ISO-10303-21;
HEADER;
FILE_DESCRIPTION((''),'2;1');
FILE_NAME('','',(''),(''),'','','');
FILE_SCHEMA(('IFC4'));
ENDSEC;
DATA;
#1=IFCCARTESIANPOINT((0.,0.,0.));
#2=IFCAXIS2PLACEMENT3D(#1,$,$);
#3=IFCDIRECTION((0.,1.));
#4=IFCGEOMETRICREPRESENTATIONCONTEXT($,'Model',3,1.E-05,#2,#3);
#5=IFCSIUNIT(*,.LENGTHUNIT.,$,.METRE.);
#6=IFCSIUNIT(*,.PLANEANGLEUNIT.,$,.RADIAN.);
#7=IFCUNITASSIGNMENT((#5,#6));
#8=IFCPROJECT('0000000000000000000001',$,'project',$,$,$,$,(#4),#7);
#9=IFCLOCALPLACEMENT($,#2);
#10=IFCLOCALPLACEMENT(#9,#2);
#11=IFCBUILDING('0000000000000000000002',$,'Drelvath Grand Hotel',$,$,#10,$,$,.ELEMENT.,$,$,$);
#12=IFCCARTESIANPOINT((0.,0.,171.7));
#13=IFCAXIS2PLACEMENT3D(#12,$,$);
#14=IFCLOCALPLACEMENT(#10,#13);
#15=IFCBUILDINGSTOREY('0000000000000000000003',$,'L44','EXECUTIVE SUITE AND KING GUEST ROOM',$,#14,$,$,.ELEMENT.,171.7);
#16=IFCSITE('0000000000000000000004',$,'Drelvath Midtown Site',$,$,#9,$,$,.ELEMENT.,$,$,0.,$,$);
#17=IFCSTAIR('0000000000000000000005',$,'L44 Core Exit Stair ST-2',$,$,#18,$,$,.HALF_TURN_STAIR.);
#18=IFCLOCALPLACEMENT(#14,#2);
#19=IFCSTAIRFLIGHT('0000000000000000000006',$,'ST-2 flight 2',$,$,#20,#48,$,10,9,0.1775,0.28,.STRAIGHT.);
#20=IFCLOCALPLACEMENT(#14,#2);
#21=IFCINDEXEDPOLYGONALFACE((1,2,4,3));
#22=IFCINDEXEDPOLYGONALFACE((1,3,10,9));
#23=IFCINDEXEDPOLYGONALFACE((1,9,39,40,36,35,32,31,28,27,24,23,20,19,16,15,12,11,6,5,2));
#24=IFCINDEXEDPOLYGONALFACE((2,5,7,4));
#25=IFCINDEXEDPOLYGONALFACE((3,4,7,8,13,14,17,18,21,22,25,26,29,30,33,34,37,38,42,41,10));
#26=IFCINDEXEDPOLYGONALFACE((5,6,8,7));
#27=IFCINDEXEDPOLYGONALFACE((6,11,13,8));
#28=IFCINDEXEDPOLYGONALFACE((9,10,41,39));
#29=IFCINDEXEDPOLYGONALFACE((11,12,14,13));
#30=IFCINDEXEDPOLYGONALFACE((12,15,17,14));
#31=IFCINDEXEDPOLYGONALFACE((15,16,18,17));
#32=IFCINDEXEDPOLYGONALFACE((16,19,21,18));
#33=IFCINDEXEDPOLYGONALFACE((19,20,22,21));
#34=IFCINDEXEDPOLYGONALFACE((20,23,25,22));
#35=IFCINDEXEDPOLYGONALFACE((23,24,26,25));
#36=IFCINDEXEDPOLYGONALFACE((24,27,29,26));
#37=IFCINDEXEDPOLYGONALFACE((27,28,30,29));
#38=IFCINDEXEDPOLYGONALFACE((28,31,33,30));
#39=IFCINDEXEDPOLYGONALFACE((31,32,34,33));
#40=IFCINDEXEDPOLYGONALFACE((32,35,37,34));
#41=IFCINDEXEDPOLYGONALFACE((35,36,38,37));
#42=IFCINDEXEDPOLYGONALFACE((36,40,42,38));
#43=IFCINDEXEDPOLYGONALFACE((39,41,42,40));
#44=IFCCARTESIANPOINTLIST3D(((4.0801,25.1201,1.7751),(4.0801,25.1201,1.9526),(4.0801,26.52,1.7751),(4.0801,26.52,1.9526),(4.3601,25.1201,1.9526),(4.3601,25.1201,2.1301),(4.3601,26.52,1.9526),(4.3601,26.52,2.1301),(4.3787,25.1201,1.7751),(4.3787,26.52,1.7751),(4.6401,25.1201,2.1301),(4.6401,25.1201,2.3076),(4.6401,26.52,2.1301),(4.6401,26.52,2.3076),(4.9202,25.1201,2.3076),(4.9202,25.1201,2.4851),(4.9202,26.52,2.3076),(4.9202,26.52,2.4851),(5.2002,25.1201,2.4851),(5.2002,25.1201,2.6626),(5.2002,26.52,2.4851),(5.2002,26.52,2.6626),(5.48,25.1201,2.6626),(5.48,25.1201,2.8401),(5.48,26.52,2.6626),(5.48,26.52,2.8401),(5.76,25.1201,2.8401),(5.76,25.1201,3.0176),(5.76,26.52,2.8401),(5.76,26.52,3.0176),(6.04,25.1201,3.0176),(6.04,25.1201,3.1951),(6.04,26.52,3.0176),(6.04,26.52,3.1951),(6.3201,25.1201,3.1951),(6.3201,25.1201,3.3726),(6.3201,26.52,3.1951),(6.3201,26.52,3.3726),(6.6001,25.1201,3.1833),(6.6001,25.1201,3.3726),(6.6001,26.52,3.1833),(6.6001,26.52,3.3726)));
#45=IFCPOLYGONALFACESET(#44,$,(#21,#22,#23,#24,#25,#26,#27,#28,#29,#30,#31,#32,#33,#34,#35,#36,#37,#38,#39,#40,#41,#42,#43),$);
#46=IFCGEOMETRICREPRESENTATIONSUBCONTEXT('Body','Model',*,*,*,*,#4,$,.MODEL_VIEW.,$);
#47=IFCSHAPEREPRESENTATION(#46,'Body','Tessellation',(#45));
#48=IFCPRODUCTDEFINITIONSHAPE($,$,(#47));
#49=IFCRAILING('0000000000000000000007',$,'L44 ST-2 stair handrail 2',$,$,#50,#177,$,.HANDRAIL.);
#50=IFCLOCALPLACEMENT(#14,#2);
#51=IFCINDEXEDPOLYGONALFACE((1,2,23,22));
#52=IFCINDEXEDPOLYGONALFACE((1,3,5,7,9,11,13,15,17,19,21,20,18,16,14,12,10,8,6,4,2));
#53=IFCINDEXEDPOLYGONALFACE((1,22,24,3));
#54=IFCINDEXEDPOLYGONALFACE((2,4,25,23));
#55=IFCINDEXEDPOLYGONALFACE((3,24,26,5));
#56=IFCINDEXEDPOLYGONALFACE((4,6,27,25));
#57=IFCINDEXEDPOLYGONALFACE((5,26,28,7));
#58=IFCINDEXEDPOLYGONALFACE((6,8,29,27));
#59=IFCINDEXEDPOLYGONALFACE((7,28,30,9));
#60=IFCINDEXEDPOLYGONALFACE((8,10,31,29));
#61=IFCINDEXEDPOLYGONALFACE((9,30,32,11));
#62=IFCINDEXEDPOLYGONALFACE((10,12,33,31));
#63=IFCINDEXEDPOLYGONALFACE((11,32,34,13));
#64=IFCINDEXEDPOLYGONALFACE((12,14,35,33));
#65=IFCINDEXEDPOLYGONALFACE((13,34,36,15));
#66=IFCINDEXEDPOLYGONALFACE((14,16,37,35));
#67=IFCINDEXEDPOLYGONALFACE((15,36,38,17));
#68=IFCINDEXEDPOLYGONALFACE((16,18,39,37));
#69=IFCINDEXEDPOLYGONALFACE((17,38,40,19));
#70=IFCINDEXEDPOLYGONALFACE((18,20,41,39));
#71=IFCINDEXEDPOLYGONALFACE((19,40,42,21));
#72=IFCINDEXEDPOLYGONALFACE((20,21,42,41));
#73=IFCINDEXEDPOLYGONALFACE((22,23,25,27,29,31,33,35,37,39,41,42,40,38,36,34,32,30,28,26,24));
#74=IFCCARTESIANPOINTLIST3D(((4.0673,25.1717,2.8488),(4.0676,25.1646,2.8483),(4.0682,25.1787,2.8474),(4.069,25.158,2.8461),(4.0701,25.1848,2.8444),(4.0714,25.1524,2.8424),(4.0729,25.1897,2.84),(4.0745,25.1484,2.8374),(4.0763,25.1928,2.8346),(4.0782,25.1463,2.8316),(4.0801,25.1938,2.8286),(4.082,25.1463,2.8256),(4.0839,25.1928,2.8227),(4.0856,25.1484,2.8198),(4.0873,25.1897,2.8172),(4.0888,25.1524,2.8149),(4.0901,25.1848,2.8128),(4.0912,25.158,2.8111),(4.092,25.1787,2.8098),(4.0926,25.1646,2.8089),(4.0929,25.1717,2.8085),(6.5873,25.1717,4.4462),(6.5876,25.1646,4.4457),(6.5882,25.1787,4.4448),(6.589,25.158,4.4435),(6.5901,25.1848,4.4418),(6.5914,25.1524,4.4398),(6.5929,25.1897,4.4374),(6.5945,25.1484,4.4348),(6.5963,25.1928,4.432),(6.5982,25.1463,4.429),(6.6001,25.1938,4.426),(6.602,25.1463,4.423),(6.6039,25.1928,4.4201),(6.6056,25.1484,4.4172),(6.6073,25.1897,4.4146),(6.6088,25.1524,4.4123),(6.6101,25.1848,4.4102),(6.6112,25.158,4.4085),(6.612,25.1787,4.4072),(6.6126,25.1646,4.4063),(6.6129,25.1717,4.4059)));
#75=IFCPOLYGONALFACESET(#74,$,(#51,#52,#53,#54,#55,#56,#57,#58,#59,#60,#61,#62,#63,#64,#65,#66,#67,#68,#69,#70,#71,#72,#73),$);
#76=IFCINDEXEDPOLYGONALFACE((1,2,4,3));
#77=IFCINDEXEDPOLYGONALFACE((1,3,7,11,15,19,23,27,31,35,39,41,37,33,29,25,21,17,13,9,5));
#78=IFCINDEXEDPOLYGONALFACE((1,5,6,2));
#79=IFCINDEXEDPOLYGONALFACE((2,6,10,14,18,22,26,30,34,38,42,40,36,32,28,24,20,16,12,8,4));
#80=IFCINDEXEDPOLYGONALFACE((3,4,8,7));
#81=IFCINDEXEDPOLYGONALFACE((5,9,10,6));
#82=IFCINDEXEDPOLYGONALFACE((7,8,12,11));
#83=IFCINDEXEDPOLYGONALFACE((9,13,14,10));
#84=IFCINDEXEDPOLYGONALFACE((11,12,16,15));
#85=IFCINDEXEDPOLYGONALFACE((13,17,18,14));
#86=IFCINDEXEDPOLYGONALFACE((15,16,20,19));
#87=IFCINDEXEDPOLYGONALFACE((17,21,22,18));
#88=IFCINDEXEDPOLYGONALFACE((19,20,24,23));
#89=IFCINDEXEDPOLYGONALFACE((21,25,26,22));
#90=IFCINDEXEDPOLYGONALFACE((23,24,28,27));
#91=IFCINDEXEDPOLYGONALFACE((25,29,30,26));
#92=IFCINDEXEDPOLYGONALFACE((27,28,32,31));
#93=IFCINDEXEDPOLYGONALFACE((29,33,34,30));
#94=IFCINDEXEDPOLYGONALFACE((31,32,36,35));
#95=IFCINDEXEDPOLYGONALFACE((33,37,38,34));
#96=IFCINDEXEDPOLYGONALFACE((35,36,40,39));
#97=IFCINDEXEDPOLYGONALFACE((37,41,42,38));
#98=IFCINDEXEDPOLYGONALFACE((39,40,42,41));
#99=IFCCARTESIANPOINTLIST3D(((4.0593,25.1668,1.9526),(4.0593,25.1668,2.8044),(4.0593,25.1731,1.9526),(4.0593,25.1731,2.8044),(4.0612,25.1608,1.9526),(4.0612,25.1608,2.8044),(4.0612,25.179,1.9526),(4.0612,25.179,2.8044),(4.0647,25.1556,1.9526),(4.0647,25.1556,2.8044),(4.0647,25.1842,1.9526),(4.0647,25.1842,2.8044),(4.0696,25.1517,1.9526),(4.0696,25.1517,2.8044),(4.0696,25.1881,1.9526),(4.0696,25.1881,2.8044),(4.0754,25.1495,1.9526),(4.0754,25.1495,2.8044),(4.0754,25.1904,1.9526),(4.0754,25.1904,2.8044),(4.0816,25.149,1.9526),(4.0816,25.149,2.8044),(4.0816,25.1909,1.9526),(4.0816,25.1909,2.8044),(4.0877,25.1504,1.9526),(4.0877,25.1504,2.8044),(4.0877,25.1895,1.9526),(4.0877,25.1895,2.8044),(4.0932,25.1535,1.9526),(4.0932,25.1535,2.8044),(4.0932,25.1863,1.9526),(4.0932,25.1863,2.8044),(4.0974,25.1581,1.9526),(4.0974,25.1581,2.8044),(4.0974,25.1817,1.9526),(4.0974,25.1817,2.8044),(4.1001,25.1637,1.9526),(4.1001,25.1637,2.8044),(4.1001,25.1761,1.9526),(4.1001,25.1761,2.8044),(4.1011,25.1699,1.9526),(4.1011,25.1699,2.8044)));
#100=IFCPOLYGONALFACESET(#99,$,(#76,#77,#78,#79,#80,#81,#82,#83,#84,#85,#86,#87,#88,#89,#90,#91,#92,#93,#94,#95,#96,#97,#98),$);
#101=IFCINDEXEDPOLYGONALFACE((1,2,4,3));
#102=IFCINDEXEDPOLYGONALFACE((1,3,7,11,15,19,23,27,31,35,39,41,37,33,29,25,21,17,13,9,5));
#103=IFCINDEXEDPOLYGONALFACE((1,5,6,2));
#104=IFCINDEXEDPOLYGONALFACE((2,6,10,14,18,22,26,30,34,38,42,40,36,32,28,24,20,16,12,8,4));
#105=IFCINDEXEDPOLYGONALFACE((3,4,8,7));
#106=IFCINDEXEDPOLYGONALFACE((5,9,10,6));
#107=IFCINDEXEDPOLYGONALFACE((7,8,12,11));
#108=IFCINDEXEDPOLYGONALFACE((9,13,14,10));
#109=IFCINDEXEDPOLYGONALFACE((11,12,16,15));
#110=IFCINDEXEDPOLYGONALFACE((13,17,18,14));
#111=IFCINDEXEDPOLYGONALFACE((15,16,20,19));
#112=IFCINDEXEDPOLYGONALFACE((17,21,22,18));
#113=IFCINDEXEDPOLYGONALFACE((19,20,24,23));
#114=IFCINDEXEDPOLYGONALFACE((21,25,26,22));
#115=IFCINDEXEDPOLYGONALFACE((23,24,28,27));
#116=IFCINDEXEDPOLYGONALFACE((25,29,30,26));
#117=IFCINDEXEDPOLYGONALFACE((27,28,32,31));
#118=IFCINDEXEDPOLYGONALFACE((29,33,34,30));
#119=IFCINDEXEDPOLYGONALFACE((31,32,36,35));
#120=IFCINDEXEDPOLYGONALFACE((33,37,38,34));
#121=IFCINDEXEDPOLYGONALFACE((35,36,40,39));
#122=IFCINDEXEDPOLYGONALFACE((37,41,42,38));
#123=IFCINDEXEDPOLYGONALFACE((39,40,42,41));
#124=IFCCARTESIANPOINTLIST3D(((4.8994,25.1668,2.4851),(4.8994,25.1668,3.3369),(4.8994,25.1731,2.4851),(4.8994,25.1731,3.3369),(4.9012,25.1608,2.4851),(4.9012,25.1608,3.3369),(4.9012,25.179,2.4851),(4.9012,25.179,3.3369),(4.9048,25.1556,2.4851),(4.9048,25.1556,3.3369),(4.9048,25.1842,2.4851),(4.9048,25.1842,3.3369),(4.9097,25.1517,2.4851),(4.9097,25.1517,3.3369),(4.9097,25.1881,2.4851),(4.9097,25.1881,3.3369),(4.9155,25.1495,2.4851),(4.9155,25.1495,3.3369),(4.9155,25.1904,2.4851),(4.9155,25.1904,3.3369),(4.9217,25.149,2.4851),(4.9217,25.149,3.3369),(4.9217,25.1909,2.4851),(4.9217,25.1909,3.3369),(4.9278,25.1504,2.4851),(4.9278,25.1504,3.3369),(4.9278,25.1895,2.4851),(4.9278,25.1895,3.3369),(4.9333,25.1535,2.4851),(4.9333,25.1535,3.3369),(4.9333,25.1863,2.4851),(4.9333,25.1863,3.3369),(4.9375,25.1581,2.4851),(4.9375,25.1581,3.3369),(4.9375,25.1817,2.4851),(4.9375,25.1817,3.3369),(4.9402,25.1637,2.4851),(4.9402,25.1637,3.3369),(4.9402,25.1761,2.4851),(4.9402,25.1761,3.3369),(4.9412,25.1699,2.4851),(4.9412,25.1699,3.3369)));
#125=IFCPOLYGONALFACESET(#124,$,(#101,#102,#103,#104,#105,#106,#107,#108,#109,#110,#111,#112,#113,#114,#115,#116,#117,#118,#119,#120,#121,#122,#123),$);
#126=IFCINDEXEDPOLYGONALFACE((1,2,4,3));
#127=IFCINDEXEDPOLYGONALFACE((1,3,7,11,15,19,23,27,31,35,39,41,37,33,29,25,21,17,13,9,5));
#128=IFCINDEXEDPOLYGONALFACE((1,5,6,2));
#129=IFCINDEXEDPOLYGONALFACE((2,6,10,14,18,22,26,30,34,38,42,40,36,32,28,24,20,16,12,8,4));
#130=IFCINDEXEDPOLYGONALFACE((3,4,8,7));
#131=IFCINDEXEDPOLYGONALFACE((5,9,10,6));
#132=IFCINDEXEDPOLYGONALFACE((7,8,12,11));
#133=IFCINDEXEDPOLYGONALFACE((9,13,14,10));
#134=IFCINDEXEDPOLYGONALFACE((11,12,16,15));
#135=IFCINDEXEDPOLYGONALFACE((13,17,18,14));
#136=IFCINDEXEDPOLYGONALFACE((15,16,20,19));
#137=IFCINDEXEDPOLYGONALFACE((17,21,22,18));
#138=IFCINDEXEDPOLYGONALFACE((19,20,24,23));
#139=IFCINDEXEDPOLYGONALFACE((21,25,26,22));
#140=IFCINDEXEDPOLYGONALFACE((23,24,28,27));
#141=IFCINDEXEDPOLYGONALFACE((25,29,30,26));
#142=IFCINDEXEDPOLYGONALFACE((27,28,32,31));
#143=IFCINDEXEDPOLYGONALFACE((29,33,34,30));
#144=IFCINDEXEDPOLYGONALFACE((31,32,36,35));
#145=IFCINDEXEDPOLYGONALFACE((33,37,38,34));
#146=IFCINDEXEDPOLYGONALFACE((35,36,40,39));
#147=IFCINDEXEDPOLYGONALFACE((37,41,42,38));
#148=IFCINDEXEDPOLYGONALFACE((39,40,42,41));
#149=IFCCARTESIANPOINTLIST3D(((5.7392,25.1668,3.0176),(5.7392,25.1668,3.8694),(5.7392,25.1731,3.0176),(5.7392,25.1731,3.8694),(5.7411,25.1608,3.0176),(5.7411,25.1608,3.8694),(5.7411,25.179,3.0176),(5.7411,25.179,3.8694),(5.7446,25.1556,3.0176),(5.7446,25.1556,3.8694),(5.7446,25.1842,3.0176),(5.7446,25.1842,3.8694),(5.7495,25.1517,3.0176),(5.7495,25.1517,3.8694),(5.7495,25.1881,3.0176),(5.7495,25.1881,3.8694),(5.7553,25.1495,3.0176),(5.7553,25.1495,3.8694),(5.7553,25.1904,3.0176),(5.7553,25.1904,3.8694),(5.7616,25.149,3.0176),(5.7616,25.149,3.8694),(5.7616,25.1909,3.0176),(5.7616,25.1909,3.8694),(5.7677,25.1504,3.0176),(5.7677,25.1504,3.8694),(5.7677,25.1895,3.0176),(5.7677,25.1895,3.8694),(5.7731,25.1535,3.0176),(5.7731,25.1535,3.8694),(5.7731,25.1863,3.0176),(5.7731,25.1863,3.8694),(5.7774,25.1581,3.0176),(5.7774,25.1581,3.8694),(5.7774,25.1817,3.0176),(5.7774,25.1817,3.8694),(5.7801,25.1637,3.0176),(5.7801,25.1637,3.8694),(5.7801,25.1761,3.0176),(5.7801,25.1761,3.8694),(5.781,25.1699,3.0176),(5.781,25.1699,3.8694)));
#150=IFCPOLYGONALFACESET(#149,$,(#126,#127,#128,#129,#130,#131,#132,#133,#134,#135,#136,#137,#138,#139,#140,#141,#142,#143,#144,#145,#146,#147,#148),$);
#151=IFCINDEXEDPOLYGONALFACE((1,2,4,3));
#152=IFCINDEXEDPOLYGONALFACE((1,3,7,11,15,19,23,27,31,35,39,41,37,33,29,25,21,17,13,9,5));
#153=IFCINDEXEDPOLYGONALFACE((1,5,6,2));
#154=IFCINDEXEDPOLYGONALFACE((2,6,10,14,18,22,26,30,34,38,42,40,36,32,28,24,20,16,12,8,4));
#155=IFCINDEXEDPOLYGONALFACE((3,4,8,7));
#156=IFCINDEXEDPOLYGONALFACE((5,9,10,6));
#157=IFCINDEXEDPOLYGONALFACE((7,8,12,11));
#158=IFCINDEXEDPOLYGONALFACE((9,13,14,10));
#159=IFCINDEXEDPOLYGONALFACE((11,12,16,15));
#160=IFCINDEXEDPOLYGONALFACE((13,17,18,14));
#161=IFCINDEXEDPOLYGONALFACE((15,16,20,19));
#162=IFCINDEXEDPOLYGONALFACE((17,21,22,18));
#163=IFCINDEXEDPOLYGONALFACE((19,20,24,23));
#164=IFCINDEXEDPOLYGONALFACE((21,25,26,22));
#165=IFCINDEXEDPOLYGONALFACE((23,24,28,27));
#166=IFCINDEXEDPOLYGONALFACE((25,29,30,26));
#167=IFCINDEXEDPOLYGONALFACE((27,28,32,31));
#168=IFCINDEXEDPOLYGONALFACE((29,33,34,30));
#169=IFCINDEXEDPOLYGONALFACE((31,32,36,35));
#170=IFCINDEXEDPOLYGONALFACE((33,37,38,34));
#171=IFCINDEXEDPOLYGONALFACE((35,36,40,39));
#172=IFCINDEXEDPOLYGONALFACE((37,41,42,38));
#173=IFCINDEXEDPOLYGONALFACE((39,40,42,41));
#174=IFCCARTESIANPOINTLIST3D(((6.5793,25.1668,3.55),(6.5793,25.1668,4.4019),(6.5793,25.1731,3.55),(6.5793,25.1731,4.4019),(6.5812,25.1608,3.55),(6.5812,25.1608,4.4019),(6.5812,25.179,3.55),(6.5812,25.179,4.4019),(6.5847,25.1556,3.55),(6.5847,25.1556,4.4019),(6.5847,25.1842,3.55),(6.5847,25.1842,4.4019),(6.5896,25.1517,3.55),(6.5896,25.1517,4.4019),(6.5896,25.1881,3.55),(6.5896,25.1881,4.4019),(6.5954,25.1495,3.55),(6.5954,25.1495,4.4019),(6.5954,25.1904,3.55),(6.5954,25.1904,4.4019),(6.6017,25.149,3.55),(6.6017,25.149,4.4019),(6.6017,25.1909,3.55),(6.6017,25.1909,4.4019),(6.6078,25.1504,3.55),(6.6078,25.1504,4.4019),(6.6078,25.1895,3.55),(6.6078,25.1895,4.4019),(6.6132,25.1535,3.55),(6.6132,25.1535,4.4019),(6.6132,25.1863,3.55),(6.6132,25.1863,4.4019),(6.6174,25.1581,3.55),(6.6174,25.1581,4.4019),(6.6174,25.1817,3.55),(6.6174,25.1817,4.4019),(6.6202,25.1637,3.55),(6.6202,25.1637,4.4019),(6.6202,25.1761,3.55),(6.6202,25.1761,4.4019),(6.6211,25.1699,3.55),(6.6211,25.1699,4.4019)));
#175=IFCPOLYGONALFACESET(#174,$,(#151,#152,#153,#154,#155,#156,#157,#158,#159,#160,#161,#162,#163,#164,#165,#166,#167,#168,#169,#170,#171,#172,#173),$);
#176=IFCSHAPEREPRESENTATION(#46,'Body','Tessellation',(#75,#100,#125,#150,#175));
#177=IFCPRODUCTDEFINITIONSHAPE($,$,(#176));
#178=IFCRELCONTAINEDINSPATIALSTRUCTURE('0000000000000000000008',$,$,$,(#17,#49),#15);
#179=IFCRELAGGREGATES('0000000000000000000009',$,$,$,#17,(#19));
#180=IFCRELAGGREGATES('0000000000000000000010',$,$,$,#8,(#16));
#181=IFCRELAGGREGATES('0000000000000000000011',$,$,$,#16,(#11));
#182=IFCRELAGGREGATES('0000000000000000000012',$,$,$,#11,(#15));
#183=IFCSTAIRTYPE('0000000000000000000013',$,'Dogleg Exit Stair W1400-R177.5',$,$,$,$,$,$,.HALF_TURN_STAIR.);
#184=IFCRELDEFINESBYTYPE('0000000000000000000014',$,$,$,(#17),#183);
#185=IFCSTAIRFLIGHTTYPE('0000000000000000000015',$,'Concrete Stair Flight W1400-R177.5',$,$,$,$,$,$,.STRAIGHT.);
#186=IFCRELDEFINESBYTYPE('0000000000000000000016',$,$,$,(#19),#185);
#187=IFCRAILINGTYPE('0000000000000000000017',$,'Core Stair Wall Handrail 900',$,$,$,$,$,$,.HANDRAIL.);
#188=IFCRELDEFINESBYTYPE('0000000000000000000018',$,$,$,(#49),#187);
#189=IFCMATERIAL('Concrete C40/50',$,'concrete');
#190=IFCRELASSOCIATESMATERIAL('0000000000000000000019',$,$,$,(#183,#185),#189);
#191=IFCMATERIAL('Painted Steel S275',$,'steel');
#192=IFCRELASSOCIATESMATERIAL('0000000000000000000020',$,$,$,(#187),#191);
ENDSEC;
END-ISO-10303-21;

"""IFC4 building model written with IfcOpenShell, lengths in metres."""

from ifc_helpers import new_model, si_unit, direction, frame, origin, origin_2d, place, context, subcontext, project, spatial, polyline, circle, outline, extrude, material, type_object, element, aggregate, save


model = new_model("IFC4")

# Units and contexts
model_context = context("Model", 3, precision=1e-05, world=origin(), true_north=direction((0.0, 1.0)))
body_context = subcontext(model_context, "Body", "Model", "MODEL_VIEW")
ifc_project = project(units=[si_unit("LENGTHUNIT", "METRE"), si_unit("PLANEANGLEUNIT", "RADIAN")], contexts=[model_context])

# Site, building, storey
site_placement = place(None, origin())
site = spatial("IfcSite", under=ifc_project, at=site_placement, Name="Drelvath Midtown Site", CompositionType="ELEMENT", RefElevation=0.0)
building_placement = place(site_placement, origin())
building = spatial("IfcBuilding", under=site, at=building_placement, Name="Drelvath Grand Hotel", CompositionType="ELEMENT")
storey_placement = place(building_placement, frame((0.0, 0.0, 171.7)))
storey = spatial("IfcBuildingStorey", under=building, at=storey_placement, Name="L44", Description="EXECUTIVE SUITE AND KING GUEST ROOM", CompositionType="ELEMENT", Elevation=171.7)

# Shared definitions
ifc_material_1 = material(Name="Concrete C40/50", Category="concrete")

# Stair, stair flight
stair_type = type_object("IfcStairType", Name="Dogleg Exit Stair W1400-R177.5", PredefinedType="HALF_TURN_STAIR", material=ifc_material_1)
stair_placement = place(storey_placement, origin())
stair = element("IfcStair", 1, at=stair_placement, inside=storey, type_object=stair_type, Name="L44 Core Exit Stair ST-2", PredefinedType="HALF_TURN_STAIR")
stair_flight_type = type_object("IfcStairFlightType", Name="Concrete Stair Flight W1400-R177.5", PredefinedType="STRAIGHT", material=ifc_material_1)
stair_flight_placement = place(storey_placement, frame((4.0801, 25.8201, 1.7751), z_axis=(0.0, 0.0, 1.0), x_axis=(1.0, 0.0, 0.0)))
stair_flight = element("IfcStairFlight", 2, at=stair_flight_placement, type_object=stair_flight_type, Name="ST-2 flight 2", NumberOfRisers=10, NumberOfTreads=9, PredefinedType="STRAIGHT", RiserHeight=0.1775, TreadLength=0.28, context=body_context, shape_type="SweptSolid", body=[
    extrude(outline(polyline([(0.0, 0.0), (0.0, 0.1775), (0.28, 0.1775), (0.28, 0.355), (0.5601, 0.355), (0.5601, 0.5325), (0.8401, 0.5325), (0.8401, 0.71), (1.1201, 0.71), (1.1201, 0.8875), (1.3999, 0.8875), (1.3999, 1.0649), (1.6799, 1.0649), (1.6799, 1.2424), (1.96, 1.2424), (1.96, 1.4199), (2.24, 1.4199), (2.24, 1.5974), (2.52, 1.5974), (2.52, 1.7749), (2.52, 1.4082), (0.2986, 0.0), (0.0, 0.0)])), frame((0.0, 0.7, 0.0), z_axis=(0.0, -1.0, 0.0), x_axis=(1.0, 0.0, 0.0)), (0.0, 0.0, 1.0), 1.3999),
])
aggregate(stair, [stair_flight])

# Railing
ifc_material_2 = material(Name="Painted Steel S275", Category="steel")
railing_type = type_object("IfcRailingType", Name="Core Stair Wall Handrail 900", PredefinedType="HANDRAIL", material=ifc_material_2)
railing_placement = place(storey_placement, frame((4.0801, 25.1699, 1.9526)))
element("IfcRailing", 3, at=railing_placement, inside=storey, type_object=railing_type, Name="L44 ST-2 stair handrail 2", PredefinedType="HANDRAIL", context=body_context, shape_type="SweptSolid", body=[
    extrude(circle(Radius=0.0239, at=origin_2d()), frame((0.0, 0.0, 0.876), z_axis=(0.844607, 0.0, 0.535387), x_axis=(0.0, 1.0, 0.0)), (0.0, 0.0, 1.0), 2.9836),
    extrude(circle(Radius=0.021, at=origin_2d()), origin(), (0.0, 0.0, 1.0), 0.8518),
    extrude(circle(Radius=0.021, at=origin_2d()), frame((0.8401, 0.0, 0.5325)), (0.0, 0.0, 1.0), 0.8518),
    extrude(circle(Radius=0.021, at=origin_2d()), frame((1.6799, 0.0, 1.0649)), (0.0, 0.0, 1.0), 0.8518),
    extrude(circle(Radius=0.021, at=origin_2d()), frame((2.52, 0.0, 1.5974)), (0.0, 0.0, 1.0), 0.8518),
])

save(model, "model.ifc")
